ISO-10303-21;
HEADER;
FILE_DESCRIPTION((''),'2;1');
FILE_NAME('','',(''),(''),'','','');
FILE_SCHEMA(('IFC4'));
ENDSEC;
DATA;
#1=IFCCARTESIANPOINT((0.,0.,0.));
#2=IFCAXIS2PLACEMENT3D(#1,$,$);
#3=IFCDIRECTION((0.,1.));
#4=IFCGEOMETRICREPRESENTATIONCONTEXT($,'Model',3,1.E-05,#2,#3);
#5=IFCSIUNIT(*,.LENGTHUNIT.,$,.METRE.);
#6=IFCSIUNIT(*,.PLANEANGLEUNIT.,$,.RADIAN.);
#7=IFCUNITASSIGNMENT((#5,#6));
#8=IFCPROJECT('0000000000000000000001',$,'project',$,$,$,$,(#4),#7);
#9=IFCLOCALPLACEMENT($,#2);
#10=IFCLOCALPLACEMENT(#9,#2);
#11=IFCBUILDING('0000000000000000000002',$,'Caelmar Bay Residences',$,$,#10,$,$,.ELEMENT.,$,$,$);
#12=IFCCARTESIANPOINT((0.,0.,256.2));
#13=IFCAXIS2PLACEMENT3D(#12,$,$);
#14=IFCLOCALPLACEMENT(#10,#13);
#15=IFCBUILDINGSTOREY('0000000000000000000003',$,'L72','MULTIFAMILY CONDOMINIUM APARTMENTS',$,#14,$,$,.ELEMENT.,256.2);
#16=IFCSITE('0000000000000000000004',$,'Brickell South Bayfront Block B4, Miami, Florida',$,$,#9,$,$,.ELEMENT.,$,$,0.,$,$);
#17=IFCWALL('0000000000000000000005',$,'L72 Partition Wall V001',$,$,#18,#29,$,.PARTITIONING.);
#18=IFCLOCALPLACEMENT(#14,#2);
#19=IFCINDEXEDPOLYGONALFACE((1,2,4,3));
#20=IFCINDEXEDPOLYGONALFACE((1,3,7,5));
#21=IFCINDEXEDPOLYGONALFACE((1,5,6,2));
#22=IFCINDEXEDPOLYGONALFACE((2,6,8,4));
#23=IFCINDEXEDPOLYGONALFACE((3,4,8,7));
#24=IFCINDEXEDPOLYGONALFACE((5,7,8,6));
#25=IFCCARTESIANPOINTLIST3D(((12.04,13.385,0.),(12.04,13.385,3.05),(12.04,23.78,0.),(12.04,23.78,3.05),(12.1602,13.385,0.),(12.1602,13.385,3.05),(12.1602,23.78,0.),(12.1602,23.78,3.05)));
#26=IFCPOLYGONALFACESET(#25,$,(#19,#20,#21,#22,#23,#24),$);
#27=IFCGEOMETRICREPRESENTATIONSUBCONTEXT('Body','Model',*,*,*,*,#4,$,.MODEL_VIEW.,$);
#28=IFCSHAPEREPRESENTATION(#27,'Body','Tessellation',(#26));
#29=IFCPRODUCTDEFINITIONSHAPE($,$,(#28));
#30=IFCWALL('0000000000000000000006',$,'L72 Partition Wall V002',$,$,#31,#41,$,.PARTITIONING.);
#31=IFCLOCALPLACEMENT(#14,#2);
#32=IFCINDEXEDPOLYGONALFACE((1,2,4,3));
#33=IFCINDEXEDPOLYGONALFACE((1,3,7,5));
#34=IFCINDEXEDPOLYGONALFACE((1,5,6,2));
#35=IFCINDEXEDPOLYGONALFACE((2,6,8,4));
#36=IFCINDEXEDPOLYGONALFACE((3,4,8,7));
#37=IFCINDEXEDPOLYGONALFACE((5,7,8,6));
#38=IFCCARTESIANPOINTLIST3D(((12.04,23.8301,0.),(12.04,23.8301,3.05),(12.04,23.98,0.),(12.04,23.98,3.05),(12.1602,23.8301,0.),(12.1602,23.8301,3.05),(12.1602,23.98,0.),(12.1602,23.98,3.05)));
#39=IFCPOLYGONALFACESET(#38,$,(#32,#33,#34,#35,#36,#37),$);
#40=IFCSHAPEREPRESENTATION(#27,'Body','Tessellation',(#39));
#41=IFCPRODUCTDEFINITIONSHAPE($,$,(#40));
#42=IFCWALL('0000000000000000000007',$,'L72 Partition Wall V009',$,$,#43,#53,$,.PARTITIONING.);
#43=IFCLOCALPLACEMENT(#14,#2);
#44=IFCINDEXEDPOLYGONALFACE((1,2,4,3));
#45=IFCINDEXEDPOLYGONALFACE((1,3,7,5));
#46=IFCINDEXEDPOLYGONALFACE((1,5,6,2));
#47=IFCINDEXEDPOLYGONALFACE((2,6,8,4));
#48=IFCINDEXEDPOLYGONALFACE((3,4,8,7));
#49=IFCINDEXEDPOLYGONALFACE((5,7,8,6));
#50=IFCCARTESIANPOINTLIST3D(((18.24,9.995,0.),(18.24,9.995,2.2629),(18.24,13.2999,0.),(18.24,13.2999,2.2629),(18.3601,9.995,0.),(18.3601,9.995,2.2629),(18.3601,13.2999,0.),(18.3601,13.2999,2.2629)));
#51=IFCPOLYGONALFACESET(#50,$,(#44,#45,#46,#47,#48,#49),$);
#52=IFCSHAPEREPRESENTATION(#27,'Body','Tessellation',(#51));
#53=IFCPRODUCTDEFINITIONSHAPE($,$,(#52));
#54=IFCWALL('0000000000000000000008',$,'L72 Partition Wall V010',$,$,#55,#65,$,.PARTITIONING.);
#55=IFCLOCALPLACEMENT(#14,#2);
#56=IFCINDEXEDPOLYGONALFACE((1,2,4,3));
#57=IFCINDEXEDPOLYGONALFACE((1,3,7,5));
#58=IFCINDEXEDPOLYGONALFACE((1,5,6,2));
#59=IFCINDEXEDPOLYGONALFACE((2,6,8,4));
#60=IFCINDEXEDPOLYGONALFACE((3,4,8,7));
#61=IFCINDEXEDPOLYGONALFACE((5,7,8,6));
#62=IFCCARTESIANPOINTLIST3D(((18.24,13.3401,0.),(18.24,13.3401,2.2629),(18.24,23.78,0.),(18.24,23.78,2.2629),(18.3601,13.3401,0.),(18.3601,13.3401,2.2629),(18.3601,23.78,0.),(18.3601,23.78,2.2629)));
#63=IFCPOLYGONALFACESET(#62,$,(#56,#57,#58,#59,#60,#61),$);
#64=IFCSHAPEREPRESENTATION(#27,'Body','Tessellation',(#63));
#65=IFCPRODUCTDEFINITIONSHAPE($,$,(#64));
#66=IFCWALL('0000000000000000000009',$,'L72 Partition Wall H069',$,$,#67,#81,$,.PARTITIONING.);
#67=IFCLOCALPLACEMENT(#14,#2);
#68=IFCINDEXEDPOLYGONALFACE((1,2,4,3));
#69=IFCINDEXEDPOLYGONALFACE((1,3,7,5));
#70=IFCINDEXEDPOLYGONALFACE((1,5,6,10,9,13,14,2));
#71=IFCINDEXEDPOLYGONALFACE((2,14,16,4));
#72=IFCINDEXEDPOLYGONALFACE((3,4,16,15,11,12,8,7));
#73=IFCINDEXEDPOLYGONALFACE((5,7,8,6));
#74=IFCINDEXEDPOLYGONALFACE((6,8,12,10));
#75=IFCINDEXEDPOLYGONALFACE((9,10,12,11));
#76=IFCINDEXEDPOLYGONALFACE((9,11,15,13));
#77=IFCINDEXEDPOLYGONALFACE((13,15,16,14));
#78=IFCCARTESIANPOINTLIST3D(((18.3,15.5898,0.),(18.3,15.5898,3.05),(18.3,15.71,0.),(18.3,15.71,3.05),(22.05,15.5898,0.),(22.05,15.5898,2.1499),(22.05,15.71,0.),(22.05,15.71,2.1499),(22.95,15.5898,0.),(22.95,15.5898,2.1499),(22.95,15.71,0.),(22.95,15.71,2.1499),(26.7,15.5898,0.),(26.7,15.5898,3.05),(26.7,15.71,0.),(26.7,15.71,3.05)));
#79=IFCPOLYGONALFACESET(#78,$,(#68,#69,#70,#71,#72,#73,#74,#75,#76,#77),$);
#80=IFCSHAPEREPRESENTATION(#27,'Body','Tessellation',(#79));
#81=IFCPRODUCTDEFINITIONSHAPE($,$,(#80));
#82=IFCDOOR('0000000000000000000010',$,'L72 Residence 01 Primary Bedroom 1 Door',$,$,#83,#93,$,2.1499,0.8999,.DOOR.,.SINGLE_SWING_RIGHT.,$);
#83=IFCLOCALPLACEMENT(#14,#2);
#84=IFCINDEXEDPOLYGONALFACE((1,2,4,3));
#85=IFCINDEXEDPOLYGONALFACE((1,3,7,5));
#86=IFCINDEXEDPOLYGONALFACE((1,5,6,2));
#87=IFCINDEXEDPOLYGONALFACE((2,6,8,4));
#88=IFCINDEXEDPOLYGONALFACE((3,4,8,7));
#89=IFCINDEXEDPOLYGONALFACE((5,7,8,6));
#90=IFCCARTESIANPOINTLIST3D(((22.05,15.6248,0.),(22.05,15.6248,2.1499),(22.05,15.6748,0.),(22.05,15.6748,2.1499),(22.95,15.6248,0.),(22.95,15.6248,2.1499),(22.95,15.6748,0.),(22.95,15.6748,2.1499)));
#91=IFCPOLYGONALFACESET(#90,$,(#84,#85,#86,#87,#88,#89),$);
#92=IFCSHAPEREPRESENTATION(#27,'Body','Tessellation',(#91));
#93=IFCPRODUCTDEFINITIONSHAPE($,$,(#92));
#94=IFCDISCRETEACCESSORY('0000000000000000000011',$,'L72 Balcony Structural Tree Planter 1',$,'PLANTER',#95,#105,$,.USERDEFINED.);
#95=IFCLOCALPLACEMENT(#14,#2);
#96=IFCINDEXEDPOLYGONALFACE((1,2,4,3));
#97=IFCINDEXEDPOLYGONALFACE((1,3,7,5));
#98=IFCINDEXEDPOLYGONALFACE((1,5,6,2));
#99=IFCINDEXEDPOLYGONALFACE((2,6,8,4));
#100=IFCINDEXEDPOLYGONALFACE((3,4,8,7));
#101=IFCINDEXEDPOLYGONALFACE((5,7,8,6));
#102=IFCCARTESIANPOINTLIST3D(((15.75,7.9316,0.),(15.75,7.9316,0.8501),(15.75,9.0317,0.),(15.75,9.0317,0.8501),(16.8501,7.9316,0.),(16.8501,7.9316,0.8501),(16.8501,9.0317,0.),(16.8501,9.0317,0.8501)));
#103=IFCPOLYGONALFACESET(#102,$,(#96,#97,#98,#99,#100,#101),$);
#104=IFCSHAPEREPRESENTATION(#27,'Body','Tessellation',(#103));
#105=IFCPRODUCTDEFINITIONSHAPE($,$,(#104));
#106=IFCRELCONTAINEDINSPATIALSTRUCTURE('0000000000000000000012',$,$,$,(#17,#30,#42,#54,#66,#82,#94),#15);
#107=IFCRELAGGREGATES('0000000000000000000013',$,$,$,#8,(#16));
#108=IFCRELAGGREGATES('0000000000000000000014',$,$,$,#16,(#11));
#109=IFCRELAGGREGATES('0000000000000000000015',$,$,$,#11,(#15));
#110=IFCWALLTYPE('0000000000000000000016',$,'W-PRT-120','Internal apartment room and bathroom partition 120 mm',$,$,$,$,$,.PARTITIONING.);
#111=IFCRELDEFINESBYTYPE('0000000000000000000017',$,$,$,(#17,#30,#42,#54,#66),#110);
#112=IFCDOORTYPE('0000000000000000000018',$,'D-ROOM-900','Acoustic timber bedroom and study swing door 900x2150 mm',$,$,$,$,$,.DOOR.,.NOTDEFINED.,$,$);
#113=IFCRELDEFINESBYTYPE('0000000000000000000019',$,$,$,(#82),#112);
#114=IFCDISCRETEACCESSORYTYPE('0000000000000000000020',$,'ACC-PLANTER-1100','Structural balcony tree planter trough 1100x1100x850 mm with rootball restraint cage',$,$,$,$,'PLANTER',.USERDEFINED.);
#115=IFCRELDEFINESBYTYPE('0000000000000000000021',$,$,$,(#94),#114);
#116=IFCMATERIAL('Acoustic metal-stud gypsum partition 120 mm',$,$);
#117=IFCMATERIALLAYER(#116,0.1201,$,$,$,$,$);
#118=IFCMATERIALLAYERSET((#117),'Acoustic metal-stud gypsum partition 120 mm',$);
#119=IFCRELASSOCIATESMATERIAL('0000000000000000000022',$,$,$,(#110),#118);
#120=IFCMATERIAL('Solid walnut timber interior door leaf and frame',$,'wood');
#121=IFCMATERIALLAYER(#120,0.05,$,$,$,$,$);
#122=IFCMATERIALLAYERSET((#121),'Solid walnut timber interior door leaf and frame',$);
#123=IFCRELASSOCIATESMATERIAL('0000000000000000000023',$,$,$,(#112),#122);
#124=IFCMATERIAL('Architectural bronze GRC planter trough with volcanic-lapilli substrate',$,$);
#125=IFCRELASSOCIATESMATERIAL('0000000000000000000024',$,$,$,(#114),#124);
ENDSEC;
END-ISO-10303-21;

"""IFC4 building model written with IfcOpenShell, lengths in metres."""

from ifc_helpers import new_model, si_unit, direction, frame, frame_2d, origin, origin_2d, place, context, subcontext, project, spatial, rectangle, extrude, material, layer, layer_set, type_object, element, fill, save


model = new_model("IFC4")

# Units and contexts
model_context = context("Model", 3, precision=1e-05, world=origin(), true_north=direction((0.0, 1.0)))
body_context = subcontext(model_context, "Body", "Model", "MODEL_VIEW")
ifc_project = project(units=[si_unit("LENGTHUNIT", "METRE"), si_unit("PLANEANGLEUNIT", "RADIAN")], contexts=[model_context])

# Site, building, storey
site_placement = place(None, origin())
site = spatial("IfcSite", under=ifc_project, at=site_placement, Name="Brickell South Bayfront Block B4, Miami, Florida", CompositionType="ELEMENT", RefElevation=0.0)
building_placement = place(site_placement, origin())
building = spatial("IfcBuilding", under=site, at=building_placement, Name="Caelmar Bay Residences", CompositionType="ELEMENT")
storey_placement = place(building_placement, frame((0.0, 0.0, 256.2)))
storey = spatial("IfcBuildingStorey", under=building, at=storey_placement, Name="L72", Description="MULTIFAMILY CONDOMINIUM APARTMENTS", CompositionType="ELEMENT", Elevation=256.2)

# Walls
ifc_material_1 = material(Name="Acoustic metal-stud gypsum partition 120 mm")
ifc_layer_1 = layer(ifc_material_1, 0.1201)
ifc_layer_set_1 = layer_set([ifc_layer_1], Name="Acoustic metal-stud gypsum partition 120 mm")
wall_type_1 = type_object("IfcWallType", Name="W-PRT-120", Description="Internal apartment room and bathroom partition 120 mm", PredefinedType="PARTITIONING", material=ifc_layer_set_1)
wall_1_placement = place(storey_placement, frame((12.1001, 13.385, 0.0), z_axis=(0.0, 0.0, 1.0), x_axis=(0.0, 1.0, 0.0)))
element("IfcWall", 1, at=wall_1_placement, inside=storey, type_object=wall_type_1, Name="L72 Partition Wall V001", PredefinedType="PARTITIONING", context=body_context, shape_type="SweptSolid", body=[
    extrude(rectangle(XDim=10.395, YDim=0.1201, at=frame_2d((5.1975, 0.0))), origin(), (0.0, 0.0, 1.0), 3.05),
])
wall_2_placement = place(storey_placement, frame((12.1001, 23.8301, 0.0), z_axis=(0.0, 0.0, 1.0), x_axis=(0.0, 1.0, 0.0)))
element("IfcWall", 2, at=wall_2_placement, inside=storey, type_object=wall_type_1, Name="L72 Partition Wall V002", PredefinedType="PARTITIONING", context=body_context, shape_type="SweptSolid", body=[
    extrude(rectangle(XDim=0.1499, YDim=0.1201, at=frame_2d((0.075, 0.0))), origin(), (0.0, 0.0, 1.0), 3.05),
])
wall_3_placement = place(storey_placement, frame((18.3, 9.9951, 0.0), z_axis=(0.0, 0.0, 1.0), x_axis=(0.0, 1.0, 0.0)))
element("IfcWall", 3, at=wall_3_placement, inside=storey, type_object=wall_type_1, Name="L72 Partition Wall V009", PredefinedType="PARTITIONING", context=body_context, shape_type="SweptSolid", body=[
    extrude(rectangle(XDim=3.3049, YDim=0.1201, at=frame_2d((1.6523, 0.0))), origin(), (0.0, 0.0, 1.0), 2.2629),
])
wall_4_placement = place(storey_placement, frame((18.3, 13.3401, 0.0), z_axis=(0.0, 0.0, 1.0), x_axis=(0.0, 1.0, 0.0)))
element("IfcWall", 4, at=wall_4_placement, inside=storey, type_object=wall_type_1, Name="L72 Partition Wall V010", PredefinedType="PARTITIONING", context=body_context, shape_type="SweptSolid", body=[
    extrude(rectangle(XDim=10.4399, YDim=0.1201, at=frame_2d((5.22, 0.0))), origin(), (0.0, 0.0, 1.0), 2.2629),
])

# Wall, opening, door
wall_5_placement = place(storey_placement, frame((18.3, 15.6499, 0.0), z_axis=(0.0, 0.0, 1.0), x_axis=(1.0, 0.0, 0.0)))
wall_5 = element("IfcWall", 5, at=wall_5_placement, inside=storey, type_object=wall_type_1, Name="L72 Partition Wall H069", PredefinedType="PARTITIONING", context=body_context, shape_type="SweptSolid", body=[
    extrude(rectangle(XDim=8.3999, YDim=0.1201, at=frame_2d((4.2, 0.0))), origin(), (0.0, 0.0, 1.0), 3.05),
])
opening_placement = place(wall_5_placement, frame((3.75, 0.0, 0.0)))
opening = element("IfcOpeningElement", 6, at=opening_placement, cuts=wall_5, PredefinedType="OPENING", context=body_context, shape_type="SweptSolid", body=[
    extrude(rectangle(XDim=0.8999, YDim=2.1499, at=frame_2d((0.45, 1.075))), frame((0.0, 0.0701, 0.0), z_axis=(0.0, -1.0, 0.0), x_axis=(1.0, 0.0, 0.0)), (0.0, 0.0, 1.0), 0.1401),
])
ifc_material_2 = material(Name="Solid walnut timber interior door leaf and frame", Category="wood")
ifc_layer_2 = layer(ifc_material_2, 0.05)
ifc_layer_set_2 = layer_set([ifc_layer_2], Name="Solid walnut timber interior door leaf and frame")
door_type = type_object("IfcDoorType", Name="D-ROOM-900", Description="Acoustic timber bedroom and study swing door 900x2150 mm", OperationType="NOTDEFINED", PredefinedType="DOOR", material=ifc_layer_set_2)
door_placement = place(opening_placement, origin())
door = element("IfcDoor", 7, at=door_placement, inside=storey, type_object=door_type, Name="L72 Residence 01 Primary Bedroom 1 Door", OperationType="SINGLE_SWING_RIGHT", OverallHeight=2.1499, OverallWidth=0.8999, PredefinedType="DOOR", context=body_context, shape_type="SweptSolid", body=[
    extrude(rectangle(XDim=0.8999, YDim=2.1499, at=frame_2d((0.45, 1.075))), frame((0.0, 0.0249, 0.0), z_axis=(0.0, -1.0, 0.0), x_axis=(1.0, 0.0, 0.0)), (0.0, 0.0, 1.0), 0.05),
])
fill(opening, door)

# Discrete accessory
ifc_material_3 = material(Name="Architectural bronze GRC planter trough with volcanic-lapilli substrate")
discrete_accessory_type = type_object("IfcDiscreteAccessoryType", Name="ACC-PLANTER-1100", Description="Structural balcony tree planter trough 1100x1100x850 mm with rootball restraint cage", ElementType="PLANTER", PredefinedType="USERDEFINED", material=ifc_material_3)
discrete_accessory_placement = place(storey_placement, frame((16.3, 8.4817, 0.0), z_axis=(0.0, 0.0, 1.0), x_axis=(1.0, 0.0, 0.0)))
element("IfcDiscreteAccessory", 8, at=discrete_accessory_placement, inside=storey, type_object=discrete_accessory_type, Name="L72 Balcony Structural Tree Planter 1", ObjectType="PLANTER", PredefinedType="USERDEFINED", context=body_context, shape_type="SweptSolid", body=[
    extrude(rectangle(XDim=1.1001, YDim=1.1001, at=origin_2d()), origin(), (0.0, 0.0, 1.0), 0.8501),
])

save(model, "model.ifc")
